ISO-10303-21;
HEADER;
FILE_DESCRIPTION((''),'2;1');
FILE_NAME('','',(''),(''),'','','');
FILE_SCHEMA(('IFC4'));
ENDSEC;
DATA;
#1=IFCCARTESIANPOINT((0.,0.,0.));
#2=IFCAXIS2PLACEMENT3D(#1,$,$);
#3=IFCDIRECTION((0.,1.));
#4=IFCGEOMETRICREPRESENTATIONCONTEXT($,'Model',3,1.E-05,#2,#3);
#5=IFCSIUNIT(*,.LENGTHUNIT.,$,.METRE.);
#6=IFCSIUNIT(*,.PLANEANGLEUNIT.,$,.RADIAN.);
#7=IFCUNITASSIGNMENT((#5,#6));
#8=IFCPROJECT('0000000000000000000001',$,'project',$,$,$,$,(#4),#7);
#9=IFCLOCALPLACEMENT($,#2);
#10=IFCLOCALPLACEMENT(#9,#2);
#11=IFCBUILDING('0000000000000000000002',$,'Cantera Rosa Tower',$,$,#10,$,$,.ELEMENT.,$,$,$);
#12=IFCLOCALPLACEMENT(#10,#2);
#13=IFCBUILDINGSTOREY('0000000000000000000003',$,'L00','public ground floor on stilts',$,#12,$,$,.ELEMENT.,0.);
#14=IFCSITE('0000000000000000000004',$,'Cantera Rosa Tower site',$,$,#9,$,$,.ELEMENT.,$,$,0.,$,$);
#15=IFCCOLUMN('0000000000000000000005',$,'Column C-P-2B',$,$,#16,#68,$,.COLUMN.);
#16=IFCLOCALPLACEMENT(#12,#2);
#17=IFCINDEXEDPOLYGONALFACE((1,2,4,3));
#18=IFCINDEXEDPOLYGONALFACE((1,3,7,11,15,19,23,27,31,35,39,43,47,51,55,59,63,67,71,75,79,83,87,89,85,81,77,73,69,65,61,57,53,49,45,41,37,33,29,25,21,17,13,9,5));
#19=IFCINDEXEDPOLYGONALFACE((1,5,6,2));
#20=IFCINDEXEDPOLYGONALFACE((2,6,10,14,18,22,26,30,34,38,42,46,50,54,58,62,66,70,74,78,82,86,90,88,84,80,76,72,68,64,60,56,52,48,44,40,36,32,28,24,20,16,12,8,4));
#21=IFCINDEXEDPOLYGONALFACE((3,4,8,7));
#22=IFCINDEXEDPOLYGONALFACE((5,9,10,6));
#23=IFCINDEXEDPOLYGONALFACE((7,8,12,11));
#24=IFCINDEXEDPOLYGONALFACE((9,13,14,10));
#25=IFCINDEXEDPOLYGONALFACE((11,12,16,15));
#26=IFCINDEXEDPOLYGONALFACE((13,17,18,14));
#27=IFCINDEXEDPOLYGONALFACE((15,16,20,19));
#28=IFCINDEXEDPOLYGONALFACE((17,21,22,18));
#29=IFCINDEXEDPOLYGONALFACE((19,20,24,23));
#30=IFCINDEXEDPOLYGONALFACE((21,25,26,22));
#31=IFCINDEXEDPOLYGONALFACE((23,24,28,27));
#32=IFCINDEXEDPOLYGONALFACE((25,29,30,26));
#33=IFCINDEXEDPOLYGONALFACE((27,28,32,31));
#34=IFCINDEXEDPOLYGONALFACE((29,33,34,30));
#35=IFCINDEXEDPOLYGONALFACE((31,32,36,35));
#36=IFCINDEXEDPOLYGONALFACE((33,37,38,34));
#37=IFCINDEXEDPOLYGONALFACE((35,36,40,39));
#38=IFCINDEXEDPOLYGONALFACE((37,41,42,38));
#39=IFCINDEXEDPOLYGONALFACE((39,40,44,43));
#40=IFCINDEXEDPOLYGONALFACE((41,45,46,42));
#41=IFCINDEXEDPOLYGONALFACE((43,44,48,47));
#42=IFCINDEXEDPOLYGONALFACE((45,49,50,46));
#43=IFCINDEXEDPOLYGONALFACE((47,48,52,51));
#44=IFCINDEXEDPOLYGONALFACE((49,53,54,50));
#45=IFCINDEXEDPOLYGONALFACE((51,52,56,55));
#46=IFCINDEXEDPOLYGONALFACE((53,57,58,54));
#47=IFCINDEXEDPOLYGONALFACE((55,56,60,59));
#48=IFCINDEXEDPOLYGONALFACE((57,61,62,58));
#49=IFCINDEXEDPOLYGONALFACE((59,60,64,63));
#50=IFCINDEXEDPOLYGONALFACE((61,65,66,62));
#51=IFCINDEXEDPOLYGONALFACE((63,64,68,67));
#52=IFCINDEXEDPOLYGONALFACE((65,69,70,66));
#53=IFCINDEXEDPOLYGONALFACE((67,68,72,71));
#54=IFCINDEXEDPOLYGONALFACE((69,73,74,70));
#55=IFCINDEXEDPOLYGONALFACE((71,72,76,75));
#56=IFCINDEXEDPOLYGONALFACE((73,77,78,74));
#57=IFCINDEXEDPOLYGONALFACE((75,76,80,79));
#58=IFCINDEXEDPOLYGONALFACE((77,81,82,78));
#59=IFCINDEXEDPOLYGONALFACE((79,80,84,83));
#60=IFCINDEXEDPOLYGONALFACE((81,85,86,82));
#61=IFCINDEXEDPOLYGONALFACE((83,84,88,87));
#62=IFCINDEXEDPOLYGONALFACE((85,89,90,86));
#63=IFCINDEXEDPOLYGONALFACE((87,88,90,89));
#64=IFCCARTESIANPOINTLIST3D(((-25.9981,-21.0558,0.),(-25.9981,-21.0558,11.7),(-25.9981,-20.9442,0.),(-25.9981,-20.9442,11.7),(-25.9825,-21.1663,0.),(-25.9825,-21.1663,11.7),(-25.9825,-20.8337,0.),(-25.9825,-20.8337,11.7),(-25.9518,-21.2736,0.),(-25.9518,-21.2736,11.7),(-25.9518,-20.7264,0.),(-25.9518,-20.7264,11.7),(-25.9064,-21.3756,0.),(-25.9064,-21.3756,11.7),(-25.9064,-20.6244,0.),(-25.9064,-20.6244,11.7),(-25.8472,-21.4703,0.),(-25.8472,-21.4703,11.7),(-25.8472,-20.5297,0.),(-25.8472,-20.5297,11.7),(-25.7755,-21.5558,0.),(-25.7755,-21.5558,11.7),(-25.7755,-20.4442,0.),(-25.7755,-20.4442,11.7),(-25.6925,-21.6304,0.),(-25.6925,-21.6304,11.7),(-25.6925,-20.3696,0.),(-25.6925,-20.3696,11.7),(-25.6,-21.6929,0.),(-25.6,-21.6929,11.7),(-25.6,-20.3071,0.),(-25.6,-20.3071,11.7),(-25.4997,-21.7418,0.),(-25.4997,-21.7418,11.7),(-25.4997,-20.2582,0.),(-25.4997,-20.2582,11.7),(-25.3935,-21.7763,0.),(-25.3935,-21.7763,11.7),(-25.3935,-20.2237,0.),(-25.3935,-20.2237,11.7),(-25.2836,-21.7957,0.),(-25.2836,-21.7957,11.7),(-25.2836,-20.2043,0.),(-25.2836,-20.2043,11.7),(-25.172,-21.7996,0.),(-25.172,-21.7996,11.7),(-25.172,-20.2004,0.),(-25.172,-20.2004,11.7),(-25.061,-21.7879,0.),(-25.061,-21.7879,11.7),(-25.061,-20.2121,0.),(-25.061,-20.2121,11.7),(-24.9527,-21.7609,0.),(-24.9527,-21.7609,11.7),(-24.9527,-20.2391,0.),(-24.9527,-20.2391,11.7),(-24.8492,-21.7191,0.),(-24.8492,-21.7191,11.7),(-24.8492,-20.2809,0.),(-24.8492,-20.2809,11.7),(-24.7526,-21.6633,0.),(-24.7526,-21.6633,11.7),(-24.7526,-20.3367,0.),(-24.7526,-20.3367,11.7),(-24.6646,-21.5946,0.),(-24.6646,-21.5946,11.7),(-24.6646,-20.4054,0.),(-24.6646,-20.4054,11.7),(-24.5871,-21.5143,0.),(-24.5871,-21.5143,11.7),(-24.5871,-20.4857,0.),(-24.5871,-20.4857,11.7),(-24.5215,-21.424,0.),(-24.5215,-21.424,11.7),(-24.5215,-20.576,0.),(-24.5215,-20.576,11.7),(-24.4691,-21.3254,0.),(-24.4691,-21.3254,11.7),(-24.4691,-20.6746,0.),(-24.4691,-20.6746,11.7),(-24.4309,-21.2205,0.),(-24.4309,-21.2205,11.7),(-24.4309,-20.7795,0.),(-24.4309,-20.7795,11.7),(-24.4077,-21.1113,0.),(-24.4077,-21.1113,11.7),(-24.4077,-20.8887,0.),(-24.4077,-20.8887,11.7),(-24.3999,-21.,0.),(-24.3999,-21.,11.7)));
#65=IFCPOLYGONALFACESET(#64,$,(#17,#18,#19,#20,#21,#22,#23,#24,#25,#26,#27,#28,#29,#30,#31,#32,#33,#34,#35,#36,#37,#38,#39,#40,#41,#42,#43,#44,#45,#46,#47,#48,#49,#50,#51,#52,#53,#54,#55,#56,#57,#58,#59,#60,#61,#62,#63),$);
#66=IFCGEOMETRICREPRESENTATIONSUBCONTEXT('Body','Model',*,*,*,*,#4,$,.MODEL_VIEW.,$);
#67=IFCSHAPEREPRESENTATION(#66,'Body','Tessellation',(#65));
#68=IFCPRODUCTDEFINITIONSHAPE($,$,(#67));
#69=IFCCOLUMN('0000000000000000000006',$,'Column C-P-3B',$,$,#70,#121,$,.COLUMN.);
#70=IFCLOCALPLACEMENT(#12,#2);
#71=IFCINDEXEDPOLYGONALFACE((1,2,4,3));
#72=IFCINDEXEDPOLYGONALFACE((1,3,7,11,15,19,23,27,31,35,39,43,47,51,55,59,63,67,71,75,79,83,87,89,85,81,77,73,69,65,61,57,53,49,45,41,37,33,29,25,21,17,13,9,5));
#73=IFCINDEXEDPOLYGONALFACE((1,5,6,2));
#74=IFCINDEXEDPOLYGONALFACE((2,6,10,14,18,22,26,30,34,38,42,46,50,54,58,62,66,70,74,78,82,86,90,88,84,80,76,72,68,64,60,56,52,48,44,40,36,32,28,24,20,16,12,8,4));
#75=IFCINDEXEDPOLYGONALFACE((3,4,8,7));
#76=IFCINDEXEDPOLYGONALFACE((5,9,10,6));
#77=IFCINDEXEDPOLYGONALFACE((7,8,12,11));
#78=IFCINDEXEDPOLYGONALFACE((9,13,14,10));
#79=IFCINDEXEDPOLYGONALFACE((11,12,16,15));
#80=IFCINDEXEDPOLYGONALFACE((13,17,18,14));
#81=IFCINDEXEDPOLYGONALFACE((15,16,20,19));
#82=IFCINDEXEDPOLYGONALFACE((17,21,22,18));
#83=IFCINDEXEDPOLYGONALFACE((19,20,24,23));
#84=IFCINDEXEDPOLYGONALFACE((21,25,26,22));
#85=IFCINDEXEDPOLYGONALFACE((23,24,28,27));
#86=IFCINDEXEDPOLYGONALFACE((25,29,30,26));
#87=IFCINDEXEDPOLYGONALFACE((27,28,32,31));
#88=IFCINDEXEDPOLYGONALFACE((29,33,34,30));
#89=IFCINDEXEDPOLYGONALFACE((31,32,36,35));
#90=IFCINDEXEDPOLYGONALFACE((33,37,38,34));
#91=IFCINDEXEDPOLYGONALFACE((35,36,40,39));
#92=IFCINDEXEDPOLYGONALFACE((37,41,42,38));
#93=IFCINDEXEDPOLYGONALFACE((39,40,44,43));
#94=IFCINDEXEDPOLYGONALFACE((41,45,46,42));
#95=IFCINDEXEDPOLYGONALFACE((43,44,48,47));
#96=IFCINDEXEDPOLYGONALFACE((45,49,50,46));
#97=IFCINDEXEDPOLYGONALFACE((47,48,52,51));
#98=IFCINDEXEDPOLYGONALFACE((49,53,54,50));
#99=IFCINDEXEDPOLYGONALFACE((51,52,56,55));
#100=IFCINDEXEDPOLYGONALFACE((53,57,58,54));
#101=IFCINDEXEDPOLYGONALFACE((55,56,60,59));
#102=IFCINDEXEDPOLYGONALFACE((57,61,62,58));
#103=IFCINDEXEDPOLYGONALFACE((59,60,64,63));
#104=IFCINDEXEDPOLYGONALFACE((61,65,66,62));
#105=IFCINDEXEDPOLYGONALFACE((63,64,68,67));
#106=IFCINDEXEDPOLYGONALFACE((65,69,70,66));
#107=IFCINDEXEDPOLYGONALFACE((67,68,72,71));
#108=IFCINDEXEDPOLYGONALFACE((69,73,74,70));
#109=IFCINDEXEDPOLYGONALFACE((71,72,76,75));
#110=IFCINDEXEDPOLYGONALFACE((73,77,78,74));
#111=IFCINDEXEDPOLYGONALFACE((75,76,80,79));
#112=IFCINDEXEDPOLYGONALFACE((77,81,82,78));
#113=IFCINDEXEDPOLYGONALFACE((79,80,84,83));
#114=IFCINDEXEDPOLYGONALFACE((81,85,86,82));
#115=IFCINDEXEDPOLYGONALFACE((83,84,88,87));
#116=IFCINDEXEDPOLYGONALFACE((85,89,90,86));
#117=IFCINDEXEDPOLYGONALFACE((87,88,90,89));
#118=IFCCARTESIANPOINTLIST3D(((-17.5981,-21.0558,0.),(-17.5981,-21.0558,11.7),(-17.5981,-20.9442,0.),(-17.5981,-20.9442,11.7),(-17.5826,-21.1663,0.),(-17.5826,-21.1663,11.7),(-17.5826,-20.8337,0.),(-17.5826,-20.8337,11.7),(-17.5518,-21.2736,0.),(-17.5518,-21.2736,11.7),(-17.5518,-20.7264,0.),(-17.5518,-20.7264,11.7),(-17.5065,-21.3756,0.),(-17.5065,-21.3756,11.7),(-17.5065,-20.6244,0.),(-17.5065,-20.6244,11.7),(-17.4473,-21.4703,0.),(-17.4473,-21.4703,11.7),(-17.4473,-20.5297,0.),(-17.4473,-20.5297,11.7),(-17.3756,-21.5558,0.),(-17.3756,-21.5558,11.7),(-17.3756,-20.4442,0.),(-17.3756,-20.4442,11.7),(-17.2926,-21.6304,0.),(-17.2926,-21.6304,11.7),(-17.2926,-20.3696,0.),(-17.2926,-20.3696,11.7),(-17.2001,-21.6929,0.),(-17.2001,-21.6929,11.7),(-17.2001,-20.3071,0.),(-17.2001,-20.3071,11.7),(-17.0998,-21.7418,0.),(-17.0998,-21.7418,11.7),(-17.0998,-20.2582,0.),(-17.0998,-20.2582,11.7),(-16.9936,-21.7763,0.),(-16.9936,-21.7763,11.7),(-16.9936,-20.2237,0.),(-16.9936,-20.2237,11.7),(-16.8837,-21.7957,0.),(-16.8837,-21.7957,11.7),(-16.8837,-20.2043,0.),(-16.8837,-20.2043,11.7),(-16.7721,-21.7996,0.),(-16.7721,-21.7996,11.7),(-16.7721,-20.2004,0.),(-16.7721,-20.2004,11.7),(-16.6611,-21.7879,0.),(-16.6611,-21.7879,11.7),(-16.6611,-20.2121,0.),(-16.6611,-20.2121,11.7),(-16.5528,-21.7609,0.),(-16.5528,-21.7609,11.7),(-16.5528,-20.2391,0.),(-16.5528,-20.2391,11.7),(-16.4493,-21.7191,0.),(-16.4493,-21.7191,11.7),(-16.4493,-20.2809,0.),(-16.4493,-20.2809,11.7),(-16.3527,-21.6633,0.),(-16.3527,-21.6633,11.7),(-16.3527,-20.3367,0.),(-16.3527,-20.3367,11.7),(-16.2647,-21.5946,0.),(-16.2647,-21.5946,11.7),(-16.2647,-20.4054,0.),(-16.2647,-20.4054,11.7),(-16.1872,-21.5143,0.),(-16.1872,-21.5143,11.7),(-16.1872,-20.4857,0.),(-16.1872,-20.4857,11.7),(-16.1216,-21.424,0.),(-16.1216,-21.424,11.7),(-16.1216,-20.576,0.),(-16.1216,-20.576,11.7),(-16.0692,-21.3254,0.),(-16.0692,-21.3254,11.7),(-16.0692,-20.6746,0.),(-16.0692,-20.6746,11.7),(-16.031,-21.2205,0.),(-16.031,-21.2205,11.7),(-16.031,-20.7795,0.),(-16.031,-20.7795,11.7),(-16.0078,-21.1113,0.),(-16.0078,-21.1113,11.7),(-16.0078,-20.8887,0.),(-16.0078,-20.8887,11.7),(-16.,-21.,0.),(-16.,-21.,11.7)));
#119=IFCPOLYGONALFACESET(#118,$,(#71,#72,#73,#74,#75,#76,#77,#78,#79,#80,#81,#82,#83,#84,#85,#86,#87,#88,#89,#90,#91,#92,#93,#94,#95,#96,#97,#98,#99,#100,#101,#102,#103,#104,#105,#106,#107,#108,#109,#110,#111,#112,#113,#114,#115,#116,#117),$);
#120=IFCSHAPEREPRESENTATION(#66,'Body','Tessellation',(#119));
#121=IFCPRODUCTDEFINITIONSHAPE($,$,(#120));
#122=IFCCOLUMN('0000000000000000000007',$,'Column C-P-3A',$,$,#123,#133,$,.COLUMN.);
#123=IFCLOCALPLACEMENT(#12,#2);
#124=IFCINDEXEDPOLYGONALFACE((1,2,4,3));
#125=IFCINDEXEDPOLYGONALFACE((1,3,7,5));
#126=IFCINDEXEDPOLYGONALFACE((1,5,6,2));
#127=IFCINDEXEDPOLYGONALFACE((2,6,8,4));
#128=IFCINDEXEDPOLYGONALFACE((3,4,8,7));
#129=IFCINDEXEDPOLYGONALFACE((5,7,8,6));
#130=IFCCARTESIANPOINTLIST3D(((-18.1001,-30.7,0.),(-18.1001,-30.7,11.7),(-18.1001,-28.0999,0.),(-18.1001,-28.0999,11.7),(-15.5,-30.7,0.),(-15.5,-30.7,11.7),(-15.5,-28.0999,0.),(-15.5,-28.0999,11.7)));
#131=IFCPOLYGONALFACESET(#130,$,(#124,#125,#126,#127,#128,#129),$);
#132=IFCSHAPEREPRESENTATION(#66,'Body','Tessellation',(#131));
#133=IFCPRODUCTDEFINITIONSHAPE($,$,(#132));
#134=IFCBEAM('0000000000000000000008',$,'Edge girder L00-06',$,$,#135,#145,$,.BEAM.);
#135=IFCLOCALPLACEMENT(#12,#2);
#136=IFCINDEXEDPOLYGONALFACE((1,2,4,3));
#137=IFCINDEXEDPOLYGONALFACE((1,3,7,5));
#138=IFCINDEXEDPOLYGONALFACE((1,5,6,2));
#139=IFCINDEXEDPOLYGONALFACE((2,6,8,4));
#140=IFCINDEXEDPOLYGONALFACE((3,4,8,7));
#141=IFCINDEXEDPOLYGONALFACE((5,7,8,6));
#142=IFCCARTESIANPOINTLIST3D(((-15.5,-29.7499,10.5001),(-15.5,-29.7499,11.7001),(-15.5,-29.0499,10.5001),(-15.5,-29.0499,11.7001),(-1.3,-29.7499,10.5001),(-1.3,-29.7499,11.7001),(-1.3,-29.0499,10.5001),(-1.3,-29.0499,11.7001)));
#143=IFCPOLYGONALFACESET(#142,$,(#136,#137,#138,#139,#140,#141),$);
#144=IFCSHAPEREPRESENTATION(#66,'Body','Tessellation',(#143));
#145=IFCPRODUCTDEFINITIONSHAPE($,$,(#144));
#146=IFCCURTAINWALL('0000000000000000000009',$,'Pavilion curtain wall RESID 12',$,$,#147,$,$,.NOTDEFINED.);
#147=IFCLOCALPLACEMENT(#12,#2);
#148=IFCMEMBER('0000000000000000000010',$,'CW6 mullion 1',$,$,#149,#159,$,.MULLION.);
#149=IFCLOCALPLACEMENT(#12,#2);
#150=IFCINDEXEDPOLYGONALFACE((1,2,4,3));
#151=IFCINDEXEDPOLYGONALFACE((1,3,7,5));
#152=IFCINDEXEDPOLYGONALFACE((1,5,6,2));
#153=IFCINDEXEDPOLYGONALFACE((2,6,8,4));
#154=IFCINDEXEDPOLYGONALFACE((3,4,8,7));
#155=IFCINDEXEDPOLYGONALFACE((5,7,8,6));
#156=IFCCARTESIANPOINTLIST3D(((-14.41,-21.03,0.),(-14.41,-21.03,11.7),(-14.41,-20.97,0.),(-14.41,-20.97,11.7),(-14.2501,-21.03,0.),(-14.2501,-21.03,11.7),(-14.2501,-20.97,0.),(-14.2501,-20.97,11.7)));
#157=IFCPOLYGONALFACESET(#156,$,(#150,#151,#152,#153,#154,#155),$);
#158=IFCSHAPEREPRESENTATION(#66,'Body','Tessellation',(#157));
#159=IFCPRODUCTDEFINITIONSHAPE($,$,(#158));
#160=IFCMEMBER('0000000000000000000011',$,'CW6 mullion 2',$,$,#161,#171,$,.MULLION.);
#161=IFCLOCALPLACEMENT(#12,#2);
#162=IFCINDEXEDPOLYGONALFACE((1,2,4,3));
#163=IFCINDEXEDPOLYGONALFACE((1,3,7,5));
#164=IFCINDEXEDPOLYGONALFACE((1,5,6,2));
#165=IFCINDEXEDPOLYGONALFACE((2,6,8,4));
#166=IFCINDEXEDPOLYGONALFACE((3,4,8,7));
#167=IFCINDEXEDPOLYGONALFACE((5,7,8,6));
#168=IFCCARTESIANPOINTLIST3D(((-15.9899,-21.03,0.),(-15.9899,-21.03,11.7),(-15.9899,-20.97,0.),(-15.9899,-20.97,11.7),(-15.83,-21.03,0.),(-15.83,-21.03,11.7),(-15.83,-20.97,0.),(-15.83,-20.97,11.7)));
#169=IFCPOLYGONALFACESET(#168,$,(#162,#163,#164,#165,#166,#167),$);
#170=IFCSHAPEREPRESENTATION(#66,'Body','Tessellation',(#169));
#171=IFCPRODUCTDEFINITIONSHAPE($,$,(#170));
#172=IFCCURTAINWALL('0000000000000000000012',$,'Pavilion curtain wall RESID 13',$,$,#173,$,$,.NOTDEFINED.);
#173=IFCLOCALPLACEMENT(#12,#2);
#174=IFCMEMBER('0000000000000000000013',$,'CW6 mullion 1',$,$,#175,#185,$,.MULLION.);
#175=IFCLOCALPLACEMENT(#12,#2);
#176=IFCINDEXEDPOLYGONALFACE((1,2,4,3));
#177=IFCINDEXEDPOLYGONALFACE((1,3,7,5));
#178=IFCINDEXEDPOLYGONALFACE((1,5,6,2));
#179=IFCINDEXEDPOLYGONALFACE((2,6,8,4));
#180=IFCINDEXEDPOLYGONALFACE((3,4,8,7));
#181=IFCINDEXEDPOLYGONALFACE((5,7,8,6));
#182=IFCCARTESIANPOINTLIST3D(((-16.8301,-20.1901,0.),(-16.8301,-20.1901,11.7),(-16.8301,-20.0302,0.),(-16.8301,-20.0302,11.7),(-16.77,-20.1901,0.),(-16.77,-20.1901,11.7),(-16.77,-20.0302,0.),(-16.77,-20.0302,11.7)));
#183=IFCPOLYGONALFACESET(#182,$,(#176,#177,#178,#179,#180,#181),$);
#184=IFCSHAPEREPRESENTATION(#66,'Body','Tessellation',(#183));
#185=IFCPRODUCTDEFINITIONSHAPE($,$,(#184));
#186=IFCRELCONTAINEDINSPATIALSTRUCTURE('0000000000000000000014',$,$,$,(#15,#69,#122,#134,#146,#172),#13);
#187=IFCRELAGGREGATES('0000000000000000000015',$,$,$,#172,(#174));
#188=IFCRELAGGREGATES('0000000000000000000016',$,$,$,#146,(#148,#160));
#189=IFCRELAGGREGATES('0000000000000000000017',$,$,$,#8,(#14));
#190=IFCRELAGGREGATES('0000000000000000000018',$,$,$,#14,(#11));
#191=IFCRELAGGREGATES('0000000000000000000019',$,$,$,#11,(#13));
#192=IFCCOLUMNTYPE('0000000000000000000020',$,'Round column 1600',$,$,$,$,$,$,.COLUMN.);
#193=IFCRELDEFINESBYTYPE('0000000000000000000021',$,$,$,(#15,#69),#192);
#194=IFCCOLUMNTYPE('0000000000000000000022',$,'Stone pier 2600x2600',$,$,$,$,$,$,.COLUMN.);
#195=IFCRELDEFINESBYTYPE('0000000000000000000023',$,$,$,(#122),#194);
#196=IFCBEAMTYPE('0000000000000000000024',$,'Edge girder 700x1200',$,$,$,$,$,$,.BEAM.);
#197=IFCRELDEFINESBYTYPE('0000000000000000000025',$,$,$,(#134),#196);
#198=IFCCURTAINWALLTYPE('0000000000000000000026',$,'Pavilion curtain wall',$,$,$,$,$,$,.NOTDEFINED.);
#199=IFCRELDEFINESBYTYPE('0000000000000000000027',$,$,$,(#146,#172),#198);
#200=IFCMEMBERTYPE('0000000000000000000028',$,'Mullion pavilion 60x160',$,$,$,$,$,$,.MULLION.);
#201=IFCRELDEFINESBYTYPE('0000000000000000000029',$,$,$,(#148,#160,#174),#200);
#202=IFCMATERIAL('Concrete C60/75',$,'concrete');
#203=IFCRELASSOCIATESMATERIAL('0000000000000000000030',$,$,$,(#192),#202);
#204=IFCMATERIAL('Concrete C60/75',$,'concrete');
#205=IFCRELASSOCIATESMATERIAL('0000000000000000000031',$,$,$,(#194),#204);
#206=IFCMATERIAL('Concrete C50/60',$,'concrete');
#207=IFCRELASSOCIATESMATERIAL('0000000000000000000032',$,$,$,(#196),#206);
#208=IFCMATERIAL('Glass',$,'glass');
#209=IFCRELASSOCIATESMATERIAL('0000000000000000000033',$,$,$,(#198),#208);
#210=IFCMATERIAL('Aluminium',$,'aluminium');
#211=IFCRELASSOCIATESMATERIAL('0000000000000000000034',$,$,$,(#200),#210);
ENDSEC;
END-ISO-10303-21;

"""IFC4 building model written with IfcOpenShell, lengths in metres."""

from ifc_helpers import new_model, si_unit, direction, frame, origin, origin_2d, place, context, subcontext, project, spatial, rectangle, circle, extrude, material, material_profile, profile_set, type_object, element, aggregate, save


model = new_model("IFC4")

# Units and contexts
model_context = context("Model", 3, precision=1e-05, world=origin(), true_north=direction((0.0, 1.0)))
body_context = subcontext(model_context, "Body", "Model", "MODEL_VIEW")
ifc_project = project(units=[si_unit("LENGTHUNIT", "METRE"), si_unit("PLANEANGLEUNIT", "RADIAN")], contexts=[model_context])

# Site, building, storey
site_placement = place(None, origin())
site = spatial("IfcSite", under=ifc_project, at=site_placement, Name="Cantera Rosa Tower site", CompositionType="ELEMENT", RefElevation=0.0)
building_placement = place(site_placement, origin())
building = spatial("IfcBuilding", under=site, at=building_placement, Name="Cantera Rosa Tower", CompositionType="ELEMENT")
storey_placement = place(building_placement, origin())
storey = spatial("IfcBuildingStorey", under=building, at=storey_placement, Name="L00", Description="public ground floor on stilts", CompositionType="ELEMENT", Elevation=0.0)

# Columns
ifc_material_1 = material(Name="Concrete C60/75", Category="concrete")
ifc_material_profile_1 = material_profile(ifc_material_1, circle(Radius=0.8, at=origin_2d()), Name="Round column 1600")
ifc_profile_set_1 = profile_set([ifc_material_profile_1], Name="Concrete C60/75")
column_type_1 = type_object("IfcColumnType", Name="Round column 1600", PredefinedType="COLUMN", material=ifc_profile_set_1)
for number, where, z_axis, x_axis, name in (
    (1, (-25.2, -21.0, 0.0), (0.0, 0.0, 1.0), (1.0, 0.0, 0.0), "Column C-P-2B"),
    (2, (-16.8, -21.0, 0.0), (0.0, 0.0, 1.0), (1.0, 0.0, 0.0), "Column C-P-3B"),
):
    element("IfcColumn", number, at=place(storey_placement, frame(where, z_axis=z_axis, x_axis=x_axis)), inside=storey, type_object=column_type_1, Name=name, PredefinedType="COLUMN", context=body_context, shape_type="SweptSolid", body=[
        extrude(circle(Radius=0.8, at=origin_2d()), origin(), (0.0, 0.0, 1.0), 11.7),
    ])
ifc_material_2 = material(Name="Concrete C60/75", Category="concrete")
ifc_material_profile_2 = material_profile(ifc_material_2, rectangle(XDim=2.6001, YDim=2.6001, at=origin_2d()), Name="Stone pier 2600x2600")
ifc_profile_set_2 = profile_set([ifc_material_profile_2], Name="Concrete C60/75")
column_type_2 = type_object("IfcColumnType", Name="Stone pier 2600x2600", PredefinedType="COLUMN", material=ifc_profile_set_2)
column_placement = place(storey_placement, frame((-16.8, -29.3999, 0.0), z_axis=(0.0, 0.0, 1.0), x_axis=(1.0, 0.0, 0.0)))
element("IfcColumn", 3, at=column_placement, inside=storey, type_object=column_type_2, Name="Column C-P-3A", PredefinedType="COLUMN", context=body_context, shape_type="SweptSolid", body=[
    extrude(rectangle(XDim=2.6001, YDim=2.6001, at=origin_2d()), origin(), (0.0, 0.0, 1.0), 11.7),
])

# Beam
ifc_material_3 = material(Name="Concrete C50/60", Category="concrete")
ifc_material_profile_3 = material_profile(ifc_material_3, rectangle(XDim=0.7, YDim=1.2, at=origin_2d()), Name="Edge girder 700x1200")
ifc_profile_set_3 = profile_set([ifc_material_profile_3], Name="Concrete C50/60")
beam_type = type_object("IfcBeamType", Name="Edge girder 700x1200", PredefinedType="BEAM", material=ifc_profile_set_3)
beam_placement = place(storey_placement, frame((-15.5, -29.3999, 11.1001), z_axis=(1.0, 0.0, 0.0), x_axis=(0.0, 1.0, 0.0)))
element("IfcBeam", 4, at=beam_placement, inside=storey, type_object=beam_type, Name="Edge girder L00-06", PredefinedType="BEAM", context=body_context, shape_type="SweptSolid", body=[
    extrude(rectangle(XDim=0.7, YDim=1.2, at=origin_2d()), origin(), (0.0, 0.0, 1.0), 14.2),
])

# Curtain wall, members
ifc_material_4 = material(Name="Glass", Category="glass")
curtain_wall_type = type_object("IfcCurtainWallType", Name="Pavilion curtain wall", PredefinedType="NOTDEFINED", material=ifc_material_4)
curtain_wall_1_placement = place(storey_placement, origin())
curtain_wall_1 = element("IfcCurtainWall", 5, at=curtain_wall_1_placement, inside=storey, type_object=curtain_wall_type, Name="Pavilion curtain wall RESID 12", PredefinedType="NOTDEFINED")
ifc_material_5 = material(Name="Aluminium", Category="aluminium")
ifc_material_profile_4 = material_profile(ifc_material_5, rectangle(XDim=0.0601, YDim=0.1599, at=origin_2d()), Name="Mullion pavilion 60x160")
ifc_profile_set_4 = profile_set([ifc_material_profile_4], Name="Aluminium")
member_type_1 = type_object("IfcMemberType", Name="Mullion pavilion 60x160", PredefinedType="MULLION", material=ifc_profile_set_4)
member_1_placement = place(storey_placement, frame((-14.3301, -21.0, 0.0), z_axis=(0.0, 0.0, 1.0), x_axis=(0.0, -1.0, 0.0)))
member_1 = element("IfcMember", 6, at=member_1_placement, type_object=member_type_1, Name="CW6 mullion 1", PredefinedType="MULLION", context=body_context, shape_type="SweptSolid", body=[
    extrude(rectangle(XDim=0.0601, YDim=0.1599, at=origin_2d()), origin(), (0.0, 0.0, 1.0), 11.7),
])
member_2_placement = place(storey_placement, frame((-15.9099, -21.0, 0.0), z_axis=(0.0, 0.0, 1.0), x_axis=(0.0, -1.0, 0.0)))
member_2 = element("IfcMember", 7, at=member_2_placement, type_object=member_type_1, Name="CW6 mullion 2", PredefinedType="MULLION", context=body_context, shape_type="SweptSolid", body=[
    extrude(rectangle(XDim=0.0601, YDim=0.1599, at=origin_2d()), origin(), (0.0, 0.0, 1.0), 11.7),
])

# Curtain wall, member
curtain_wall_2_placement = place(storey_placement, origin())
curtain_wall_2 = element("IfcCurtainWall", 8, at=curtain_wall_2_placement, inside=storey, type_object=curtain_wall_type, Name="Pavilion curtain wall RESID 13", PredefinedType="NOTDEFINED")
member_3_placement = place(storey_placement, frame((-16.8, -20.1101, 0.0), z_axis=(0.0, 0.0, 1.0), x_axis=(-1.0, 0.0, 0.0)))
member_3 = element("IfcMember", 9, at=member_3_placement, type_object=member_type_1, Name="CW6 mullion 1", PredefinedType="MULLION", context=body_context, shape_type="SweptSolid", body=[
    extrude(rectangle(XDim=0.0601, YDim=0.1599, at=origin_2d()), origin(), (0.0, 0.0, 1.0), 11.7),
])

aggregate(curtain_wall_2, [member_3])

aggregate(curtain_wall_1, [member_1, member_2])

save(model, "model.ifc")
